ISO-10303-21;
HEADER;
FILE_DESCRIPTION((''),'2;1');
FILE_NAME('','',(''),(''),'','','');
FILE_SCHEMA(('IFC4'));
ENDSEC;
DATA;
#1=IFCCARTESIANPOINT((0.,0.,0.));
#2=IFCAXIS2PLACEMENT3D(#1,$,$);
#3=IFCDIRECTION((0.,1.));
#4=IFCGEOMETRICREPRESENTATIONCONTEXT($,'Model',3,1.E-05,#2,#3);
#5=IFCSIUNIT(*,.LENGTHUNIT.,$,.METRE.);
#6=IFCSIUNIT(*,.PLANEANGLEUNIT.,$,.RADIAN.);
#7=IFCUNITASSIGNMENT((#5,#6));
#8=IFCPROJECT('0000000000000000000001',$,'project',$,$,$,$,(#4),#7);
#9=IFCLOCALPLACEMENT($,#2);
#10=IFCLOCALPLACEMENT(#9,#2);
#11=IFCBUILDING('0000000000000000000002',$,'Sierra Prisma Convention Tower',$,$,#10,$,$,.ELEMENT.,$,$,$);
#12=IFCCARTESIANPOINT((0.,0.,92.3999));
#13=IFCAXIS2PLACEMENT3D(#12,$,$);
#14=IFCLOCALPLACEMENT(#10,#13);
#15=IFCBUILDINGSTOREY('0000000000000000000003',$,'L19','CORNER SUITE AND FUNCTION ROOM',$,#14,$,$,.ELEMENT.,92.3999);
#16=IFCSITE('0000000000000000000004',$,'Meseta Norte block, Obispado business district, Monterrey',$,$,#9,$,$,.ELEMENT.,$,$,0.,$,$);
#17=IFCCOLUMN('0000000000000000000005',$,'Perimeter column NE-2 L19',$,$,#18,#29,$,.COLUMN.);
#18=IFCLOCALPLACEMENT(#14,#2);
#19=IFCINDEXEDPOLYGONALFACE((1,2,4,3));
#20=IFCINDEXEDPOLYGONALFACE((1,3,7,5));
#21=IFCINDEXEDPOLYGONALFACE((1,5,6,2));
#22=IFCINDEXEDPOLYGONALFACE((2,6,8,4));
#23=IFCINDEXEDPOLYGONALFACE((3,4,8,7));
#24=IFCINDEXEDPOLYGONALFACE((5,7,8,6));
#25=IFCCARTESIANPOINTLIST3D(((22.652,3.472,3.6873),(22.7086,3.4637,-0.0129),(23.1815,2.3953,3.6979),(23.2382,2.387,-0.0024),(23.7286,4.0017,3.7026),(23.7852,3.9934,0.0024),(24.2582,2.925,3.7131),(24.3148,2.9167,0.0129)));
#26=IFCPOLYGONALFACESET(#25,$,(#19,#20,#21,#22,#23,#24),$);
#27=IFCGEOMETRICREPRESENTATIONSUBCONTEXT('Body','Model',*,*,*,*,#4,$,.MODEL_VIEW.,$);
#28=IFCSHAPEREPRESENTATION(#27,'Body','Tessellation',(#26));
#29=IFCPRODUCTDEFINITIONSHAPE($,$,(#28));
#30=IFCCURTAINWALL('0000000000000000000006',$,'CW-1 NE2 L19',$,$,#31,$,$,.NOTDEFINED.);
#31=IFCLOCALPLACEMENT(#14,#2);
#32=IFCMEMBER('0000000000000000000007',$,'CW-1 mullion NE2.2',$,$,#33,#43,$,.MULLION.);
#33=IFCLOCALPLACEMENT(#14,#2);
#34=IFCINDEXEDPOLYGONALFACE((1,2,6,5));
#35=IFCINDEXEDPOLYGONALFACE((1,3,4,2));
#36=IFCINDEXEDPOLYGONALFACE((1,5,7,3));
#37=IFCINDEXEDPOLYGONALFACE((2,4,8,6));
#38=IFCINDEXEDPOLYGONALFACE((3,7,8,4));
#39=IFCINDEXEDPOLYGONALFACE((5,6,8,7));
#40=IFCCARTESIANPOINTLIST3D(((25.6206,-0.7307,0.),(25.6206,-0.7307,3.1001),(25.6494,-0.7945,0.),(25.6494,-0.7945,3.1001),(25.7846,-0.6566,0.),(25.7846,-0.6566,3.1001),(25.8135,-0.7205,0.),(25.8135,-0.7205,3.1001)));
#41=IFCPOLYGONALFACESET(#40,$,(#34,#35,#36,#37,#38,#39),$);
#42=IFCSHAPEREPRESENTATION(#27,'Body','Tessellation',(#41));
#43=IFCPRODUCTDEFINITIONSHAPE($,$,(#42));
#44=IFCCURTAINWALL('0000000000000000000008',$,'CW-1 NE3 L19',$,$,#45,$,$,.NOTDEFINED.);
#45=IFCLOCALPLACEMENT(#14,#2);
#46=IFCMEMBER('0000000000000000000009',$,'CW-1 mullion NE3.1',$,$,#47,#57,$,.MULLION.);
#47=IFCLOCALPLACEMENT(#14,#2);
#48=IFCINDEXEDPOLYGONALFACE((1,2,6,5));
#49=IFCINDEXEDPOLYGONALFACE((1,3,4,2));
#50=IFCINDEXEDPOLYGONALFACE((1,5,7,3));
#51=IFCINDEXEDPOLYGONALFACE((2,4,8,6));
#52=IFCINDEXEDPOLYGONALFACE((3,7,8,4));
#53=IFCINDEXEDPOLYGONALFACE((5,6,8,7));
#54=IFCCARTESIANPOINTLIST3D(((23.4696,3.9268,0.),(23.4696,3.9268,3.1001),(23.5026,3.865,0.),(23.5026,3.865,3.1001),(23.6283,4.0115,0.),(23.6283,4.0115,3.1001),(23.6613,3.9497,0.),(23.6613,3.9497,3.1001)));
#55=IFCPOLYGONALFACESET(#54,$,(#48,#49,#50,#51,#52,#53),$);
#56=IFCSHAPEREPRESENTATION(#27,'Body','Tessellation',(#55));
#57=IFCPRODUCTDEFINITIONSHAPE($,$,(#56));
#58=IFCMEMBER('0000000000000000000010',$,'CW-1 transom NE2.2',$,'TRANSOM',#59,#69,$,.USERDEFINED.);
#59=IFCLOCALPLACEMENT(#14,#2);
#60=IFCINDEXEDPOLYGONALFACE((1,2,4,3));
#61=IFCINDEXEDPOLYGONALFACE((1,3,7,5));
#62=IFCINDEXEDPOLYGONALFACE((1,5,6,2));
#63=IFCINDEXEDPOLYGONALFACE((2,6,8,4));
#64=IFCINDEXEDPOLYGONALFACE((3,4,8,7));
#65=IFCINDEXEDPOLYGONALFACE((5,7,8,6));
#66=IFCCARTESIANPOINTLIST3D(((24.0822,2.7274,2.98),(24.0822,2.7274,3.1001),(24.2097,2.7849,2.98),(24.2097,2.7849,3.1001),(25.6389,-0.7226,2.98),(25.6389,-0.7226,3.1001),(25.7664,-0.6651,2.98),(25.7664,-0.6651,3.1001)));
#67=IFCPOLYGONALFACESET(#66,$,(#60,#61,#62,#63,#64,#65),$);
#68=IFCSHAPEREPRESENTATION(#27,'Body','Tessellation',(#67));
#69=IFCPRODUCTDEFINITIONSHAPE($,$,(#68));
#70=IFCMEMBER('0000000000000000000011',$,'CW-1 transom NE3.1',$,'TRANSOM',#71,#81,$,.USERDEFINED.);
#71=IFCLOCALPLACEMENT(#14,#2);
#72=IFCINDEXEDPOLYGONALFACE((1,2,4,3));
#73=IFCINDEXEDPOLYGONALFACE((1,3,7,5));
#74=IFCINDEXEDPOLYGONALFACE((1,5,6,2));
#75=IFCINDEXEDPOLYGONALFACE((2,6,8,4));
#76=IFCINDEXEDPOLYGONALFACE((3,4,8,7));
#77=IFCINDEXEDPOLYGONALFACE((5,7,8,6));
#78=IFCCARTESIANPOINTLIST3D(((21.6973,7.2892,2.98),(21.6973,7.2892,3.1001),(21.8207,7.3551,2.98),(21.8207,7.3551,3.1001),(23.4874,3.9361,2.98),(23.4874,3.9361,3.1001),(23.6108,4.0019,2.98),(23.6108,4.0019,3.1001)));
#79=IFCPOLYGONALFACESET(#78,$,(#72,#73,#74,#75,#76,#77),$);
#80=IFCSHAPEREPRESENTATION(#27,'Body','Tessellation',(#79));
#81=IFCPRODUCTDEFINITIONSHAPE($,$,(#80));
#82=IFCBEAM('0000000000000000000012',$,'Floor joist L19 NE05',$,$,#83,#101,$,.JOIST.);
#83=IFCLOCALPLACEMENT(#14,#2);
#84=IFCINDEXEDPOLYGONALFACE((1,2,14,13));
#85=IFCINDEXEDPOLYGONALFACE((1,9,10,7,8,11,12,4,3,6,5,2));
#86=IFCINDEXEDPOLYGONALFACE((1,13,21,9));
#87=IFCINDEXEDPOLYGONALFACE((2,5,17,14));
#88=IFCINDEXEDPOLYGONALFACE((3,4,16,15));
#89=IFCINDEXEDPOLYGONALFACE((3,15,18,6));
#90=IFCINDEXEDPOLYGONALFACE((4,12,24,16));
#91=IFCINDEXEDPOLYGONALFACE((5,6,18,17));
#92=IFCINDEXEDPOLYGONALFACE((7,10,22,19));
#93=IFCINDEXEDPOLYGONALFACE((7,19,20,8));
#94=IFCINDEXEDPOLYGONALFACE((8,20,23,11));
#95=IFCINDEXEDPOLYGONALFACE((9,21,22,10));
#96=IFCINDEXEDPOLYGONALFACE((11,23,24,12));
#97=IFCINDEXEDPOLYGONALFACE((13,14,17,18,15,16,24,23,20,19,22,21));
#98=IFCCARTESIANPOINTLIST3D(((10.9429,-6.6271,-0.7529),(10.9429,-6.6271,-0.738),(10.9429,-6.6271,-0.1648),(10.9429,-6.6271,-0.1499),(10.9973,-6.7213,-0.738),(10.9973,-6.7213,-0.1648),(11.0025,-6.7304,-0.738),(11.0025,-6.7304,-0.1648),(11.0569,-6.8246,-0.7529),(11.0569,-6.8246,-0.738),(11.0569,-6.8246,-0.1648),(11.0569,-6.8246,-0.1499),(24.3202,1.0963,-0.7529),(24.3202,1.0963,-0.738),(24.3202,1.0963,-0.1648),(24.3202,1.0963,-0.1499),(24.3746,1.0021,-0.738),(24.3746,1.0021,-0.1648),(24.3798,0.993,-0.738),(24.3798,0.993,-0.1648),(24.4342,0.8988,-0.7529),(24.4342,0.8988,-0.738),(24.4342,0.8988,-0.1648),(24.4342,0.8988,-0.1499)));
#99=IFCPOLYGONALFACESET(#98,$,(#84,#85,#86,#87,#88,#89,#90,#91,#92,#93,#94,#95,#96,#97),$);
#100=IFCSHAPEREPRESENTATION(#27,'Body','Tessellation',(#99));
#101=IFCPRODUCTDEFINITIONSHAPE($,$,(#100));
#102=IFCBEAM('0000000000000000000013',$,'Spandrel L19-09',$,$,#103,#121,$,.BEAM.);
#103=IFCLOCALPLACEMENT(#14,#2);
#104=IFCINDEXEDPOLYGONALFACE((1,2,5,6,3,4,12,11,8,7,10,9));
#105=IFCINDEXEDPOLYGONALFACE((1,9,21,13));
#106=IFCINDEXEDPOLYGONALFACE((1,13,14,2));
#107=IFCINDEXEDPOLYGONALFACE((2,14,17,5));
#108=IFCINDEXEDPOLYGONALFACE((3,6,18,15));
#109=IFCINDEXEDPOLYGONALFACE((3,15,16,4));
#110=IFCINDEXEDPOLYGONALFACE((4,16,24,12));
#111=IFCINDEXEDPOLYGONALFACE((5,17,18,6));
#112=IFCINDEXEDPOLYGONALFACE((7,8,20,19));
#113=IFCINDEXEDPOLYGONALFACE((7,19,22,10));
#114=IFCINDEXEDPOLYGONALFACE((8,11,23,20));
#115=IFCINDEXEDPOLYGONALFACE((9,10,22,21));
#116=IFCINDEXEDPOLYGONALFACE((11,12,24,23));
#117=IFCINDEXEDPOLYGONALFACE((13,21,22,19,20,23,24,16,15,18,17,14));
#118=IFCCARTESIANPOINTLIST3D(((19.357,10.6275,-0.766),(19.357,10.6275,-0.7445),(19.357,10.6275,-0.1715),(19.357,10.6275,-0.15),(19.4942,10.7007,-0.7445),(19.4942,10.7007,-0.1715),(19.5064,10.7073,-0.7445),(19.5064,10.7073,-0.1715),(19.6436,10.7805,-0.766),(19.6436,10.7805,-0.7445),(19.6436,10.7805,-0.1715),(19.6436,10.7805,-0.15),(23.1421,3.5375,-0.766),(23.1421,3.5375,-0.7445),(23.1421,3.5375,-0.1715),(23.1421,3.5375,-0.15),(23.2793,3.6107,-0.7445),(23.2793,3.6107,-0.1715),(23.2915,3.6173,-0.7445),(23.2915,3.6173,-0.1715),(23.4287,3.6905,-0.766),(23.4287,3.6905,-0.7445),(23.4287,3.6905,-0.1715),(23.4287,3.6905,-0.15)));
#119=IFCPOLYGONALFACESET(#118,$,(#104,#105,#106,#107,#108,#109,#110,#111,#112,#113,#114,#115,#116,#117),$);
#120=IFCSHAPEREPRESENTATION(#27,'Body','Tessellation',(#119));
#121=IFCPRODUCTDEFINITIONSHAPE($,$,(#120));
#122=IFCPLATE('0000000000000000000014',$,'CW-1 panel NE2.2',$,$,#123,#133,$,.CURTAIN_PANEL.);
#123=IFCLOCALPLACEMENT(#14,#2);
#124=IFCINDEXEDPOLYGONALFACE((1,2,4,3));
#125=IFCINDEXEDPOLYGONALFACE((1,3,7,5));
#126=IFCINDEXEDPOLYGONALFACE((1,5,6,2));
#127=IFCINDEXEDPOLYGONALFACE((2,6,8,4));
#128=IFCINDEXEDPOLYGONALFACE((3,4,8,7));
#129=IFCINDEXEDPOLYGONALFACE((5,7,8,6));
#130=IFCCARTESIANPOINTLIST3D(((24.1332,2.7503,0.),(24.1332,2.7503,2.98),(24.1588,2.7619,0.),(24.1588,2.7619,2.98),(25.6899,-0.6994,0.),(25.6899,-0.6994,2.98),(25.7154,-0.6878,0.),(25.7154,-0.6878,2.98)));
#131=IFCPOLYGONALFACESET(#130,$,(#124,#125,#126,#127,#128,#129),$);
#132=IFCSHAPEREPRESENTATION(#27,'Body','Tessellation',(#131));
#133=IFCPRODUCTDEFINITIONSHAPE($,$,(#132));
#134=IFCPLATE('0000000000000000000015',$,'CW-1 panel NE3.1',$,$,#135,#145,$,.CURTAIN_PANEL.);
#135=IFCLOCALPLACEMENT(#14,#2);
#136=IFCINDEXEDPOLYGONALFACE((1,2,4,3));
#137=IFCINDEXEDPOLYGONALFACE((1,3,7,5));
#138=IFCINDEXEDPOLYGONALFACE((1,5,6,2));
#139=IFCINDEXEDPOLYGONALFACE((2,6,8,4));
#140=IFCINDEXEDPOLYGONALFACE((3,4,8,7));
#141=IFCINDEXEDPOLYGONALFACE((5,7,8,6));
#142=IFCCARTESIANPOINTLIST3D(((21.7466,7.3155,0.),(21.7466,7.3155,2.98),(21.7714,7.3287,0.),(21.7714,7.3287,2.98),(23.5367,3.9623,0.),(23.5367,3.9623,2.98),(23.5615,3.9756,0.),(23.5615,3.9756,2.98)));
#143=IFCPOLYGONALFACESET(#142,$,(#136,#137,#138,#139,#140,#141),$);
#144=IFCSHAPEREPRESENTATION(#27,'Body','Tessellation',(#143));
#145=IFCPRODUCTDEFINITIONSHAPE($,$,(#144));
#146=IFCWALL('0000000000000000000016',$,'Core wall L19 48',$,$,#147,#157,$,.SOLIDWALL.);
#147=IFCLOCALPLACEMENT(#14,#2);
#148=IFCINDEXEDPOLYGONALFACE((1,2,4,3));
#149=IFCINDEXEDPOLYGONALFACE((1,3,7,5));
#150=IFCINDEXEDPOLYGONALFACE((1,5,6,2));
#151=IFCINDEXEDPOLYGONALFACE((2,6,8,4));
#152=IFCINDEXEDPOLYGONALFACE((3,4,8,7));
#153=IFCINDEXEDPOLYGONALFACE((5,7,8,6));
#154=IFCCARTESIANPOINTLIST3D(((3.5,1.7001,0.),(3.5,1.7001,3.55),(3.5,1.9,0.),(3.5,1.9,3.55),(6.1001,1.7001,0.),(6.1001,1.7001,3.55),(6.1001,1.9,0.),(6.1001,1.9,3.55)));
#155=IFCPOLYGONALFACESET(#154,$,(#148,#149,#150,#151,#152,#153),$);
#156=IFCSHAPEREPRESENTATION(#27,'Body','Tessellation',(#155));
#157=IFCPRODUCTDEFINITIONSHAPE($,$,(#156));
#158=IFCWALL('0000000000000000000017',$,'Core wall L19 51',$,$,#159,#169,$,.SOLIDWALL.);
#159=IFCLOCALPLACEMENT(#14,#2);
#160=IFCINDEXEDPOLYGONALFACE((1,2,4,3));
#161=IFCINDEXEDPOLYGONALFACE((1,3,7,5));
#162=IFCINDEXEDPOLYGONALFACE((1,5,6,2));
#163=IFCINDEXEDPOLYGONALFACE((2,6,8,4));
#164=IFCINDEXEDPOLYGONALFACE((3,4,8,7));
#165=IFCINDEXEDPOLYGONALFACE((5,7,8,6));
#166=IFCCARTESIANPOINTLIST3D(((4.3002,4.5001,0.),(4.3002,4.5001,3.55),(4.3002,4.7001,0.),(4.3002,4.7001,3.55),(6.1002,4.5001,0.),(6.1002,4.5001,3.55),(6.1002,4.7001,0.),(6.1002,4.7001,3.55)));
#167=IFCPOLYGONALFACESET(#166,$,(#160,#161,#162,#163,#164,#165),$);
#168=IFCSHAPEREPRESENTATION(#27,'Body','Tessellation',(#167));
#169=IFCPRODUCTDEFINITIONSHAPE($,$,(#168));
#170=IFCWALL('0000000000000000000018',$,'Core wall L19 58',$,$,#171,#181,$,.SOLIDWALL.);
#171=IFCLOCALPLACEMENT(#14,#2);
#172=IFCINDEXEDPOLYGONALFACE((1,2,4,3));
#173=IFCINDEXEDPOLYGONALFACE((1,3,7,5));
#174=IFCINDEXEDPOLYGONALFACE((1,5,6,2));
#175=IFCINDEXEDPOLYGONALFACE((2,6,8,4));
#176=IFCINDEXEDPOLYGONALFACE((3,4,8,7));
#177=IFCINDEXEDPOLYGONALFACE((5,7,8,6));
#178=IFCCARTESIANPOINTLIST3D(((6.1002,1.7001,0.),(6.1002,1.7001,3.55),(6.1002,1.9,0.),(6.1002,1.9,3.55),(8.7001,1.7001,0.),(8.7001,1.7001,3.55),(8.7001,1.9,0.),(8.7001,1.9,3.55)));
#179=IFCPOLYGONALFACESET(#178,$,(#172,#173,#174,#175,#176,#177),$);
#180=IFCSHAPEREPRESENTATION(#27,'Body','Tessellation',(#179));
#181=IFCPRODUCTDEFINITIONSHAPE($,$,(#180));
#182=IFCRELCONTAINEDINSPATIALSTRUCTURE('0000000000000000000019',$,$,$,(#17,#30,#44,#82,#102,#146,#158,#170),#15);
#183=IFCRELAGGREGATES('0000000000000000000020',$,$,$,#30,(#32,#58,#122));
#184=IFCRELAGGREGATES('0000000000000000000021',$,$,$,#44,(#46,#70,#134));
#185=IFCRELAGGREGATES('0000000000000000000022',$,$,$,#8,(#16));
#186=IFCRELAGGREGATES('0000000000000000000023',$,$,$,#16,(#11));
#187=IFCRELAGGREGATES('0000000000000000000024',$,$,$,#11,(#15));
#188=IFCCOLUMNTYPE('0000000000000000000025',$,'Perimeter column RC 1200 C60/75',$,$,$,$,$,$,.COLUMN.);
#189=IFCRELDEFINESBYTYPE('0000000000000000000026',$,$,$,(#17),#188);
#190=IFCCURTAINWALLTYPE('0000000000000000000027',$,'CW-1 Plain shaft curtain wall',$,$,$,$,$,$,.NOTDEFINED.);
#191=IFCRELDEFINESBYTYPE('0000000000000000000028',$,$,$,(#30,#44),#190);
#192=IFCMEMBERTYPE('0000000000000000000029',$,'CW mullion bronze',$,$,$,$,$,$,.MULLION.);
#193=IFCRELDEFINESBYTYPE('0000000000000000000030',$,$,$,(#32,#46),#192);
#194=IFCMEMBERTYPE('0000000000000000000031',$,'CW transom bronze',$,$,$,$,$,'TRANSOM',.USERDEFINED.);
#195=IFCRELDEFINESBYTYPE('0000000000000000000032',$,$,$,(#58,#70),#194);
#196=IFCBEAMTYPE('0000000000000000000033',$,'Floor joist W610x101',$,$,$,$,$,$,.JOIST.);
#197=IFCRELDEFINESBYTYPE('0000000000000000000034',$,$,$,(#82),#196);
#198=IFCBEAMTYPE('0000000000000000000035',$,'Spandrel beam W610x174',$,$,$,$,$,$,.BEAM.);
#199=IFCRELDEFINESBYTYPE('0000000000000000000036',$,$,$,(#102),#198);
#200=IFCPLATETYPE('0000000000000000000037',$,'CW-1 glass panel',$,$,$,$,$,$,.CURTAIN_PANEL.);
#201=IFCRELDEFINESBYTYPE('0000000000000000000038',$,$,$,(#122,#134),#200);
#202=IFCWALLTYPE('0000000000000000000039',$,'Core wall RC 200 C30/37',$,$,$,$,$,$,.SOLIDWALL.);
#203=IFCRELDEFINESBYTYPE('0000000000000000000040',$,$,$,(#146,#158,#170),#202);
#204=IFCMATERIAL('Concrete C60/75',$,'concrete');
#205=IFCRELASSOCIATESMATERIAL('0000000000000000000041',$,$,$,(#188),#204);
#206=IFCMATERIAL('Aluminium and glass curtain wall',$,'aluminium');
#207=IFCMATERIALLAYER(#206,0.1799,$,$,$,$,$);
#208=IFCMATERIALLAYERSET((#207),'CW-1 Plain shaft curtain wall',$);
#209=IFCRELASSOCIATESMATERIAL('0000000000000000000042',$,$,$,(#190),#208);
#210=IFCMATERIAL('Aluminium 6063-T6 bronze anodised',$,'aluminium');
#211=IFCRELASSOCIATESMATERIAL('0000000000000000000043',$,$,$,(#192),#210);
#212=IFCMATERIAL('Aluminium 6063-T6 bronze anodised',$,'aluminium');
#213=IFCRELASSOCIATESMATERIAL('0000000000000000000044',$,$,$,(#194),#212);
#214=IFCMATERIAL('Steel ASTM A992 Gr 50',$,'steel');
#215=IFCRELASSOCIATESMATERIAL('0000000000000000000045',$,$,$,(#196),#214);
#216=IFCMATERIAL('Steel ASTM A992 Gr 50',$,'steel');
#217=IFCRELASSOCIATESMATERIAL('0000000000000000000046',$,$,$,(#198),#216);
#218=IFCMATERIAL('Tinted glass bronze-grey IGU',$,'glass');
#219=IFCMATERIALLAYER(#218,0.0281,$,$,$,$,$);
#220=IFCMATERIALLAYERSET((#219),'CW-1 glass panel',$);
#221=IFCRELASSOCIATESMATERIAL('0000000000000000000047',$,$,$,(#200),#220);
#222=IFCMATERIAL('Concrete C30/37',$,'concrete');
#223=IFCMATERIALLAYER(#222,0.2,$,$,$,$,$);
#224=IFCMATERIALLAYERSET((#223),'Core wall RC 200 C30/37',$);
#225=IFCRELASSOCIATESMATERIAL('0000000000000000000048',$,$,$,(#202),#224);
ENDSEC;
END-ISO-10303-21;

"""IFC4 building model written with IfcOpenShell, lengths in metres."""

from ifc_helpers import new_model, si_unit, direction, frame, frame_2d, origin, origin_2d, place, context, subcontext, project, spatial, rectangle, i_section, extrude, material, layer, layer_set, material_profile, profile_set, type_object, element, aggregate, save


model = new_model("IFC4")

# Units and contexts
model_context = context("Model", 3, precision=1e-05, world=origin(), true_north=direction((0.0, 1.0)))
body_context = subcontext(model_context, "Body", "Model", "MODEL_VIEW")
ifc_project = project(units=[si_unit("LENGTHUNIT", "METRE"), si_unit("PLANEANGLEUNIT", "RADIAN")], contexts=[model_context])

# Site, building, storey
site_placement = place(None, origin())
site = spatial("IfcSite", under=ifc_project, at=site_placement, Name="Meseta Norte block, Obispado business district, Monterrey", CompositionType="ELEMENT", RefElevation=0.0)
building_placement = place(site_placement, origin())
building = spatial("IfcBuilding", under=site, at=building_placement, Name="Sierra Prisma Convention Tower", CompositionType="ELEMENT")
storey_placement = place(building_placement, frame((0.0, 0.0, 92.3999)))
storey = spatial("IfcBuildingStorey", under=building, at=storey_placement, Name="L19", Description="CORNER SUITE AND FUNCTION ROOM", CompositionType="ELEMENT", Elevation=92.3999)

# Column
ifc_material_1 = material(Name="Concrete C60/75", Category="concrete")
ifc_material_profile_1 = material_profile(ifc_material_1, rectangle(XDim=1.2, YDim=1.2, at=origin_2d()), Name="Perimeter column RC 1200 C60/75")
ifc_profile_set_1 = profile_set([ifc_material_profile_1], Name="Concrete C60/75")
column_type = type_object("IfcColumnType", Name="Perimeter column RC 1200 C60/75", PredefinedType="COLUMN", material=ifc_profile_set_1)
column_placement = place(storey_placement, frame((23.5117, 3.1902, 0.0), z_axis=(-0.015306, 0.002243, 0.99988), x_axis=(-0.441318, 0.897308, -0.008768)))
element("IfcColumn", 1, at=column_placement, inside=storey, type_object=column_type, Name="Perimeter column NE-2 L19", PredefinedType="COLUMN", context=body_context, shape_type="SweptSolid", body=[
    extrude(rectangle(XDim=1.2, YDim=1.2, at=origin_2d()), origin(), (0.0, 0.0, 1.0), 3.7007),
])

# Curtain walls, members
ifc_material_2 = material(Name="Aluminium and glass curtain wall", Category="aluminium")
ifc_layer_1 = layer(ifc_material_2, 0.1799)
ifc_layer_set_1 = layer_set([ifc_layer_1], Name="CW-1 Plain shaft curtain wall")
curtain_wall_type = type_object("IfcCurtainWallType", Name="CW-1 Plain shaft curtain wall", PredefinedType="NOTDEFINED", material=ifc_layer_set_1)
curtain_wall_1_placement = place(storey_placement, origin())
curtain_wall_1 = element("IfcCurtainWall", 2, at=curtain_wall_1_placement, inside=storey, type_object=curtain_wall_type, Name="CW-1 NE2 L19", PredefinedType="NOTDEFINED")
ifc_material_3 = material(Name="Aluminium 6063-T6 bronze anodised", Category="aluminium")
ifc_material_profile_2 = material_profile(ifc_material_3, rectangle(XDim=0.1799, YDim=0.0701, at=origin_2d()), Name="ALU MULLION 70x180")
ifc_profile_set_2 = profile_set([ifc_material_profile_2], Name="Aluminium 6063-T6 bronze anodised")
member_type_1 = type_object("IfcMemberType", Name="CW mullion bronze", PredefinedType="MULLION", material=ifc_profile_set_2)
member_1_placement = place(storey_placement, frame((25.717, -0.7256, 0.0), z_axis=(0.0, 0.0, 1.0), x_axis=(-0.911497, -0.411307, 0.0)))
member_1 = element("IfcMember", 3, at=member_1_placement, type_object=member_type_1, Name="CW-1 mullion NE2.2", PredefinedType="MULLION", context=body_context, shape_type="SweptSolid", body=[
    extrude(rectangle(XDim=0.1799, YDim=0.0701, at=origin_2d()), origin(), (0.0, 0.0, 1.0), 3.1001),
])
curtain_wall_2_placement = place(storey_placement, origin())
curtain_wall_2 = element("IfcCurtainWall", 4, at=curtain_wall_2_placement, inside=storey, type_object=curtain_wall_type, Name="CW-1 NE3 L19", PredefinedType="NOTDEFINED")
member_2_placement = place(storey_placement, frame((23.5654, 3.9382, 0.0), z_axis=(0.0, 0.0, 1.0), x_axis=(-0.882163, -0.470945, 0.0)))
member_2 = element("IfcMember", 5, at=member_2_placement, type_object=member_type_1, Name="CW-1 mullion NE3.1", PredefinedType="MULLION", context=body_context, shape_type="SweptSolid", body=[
    extrude(rectangle(XDim=0.1799, YDim=0.0701, at=origin_2d()), origin(), (0.0, 0.0, 1.0), 3.1001),
])

# Members
ifc_material_4 = material(Name="Aluminium 6063-T6 bronze anodised", Category="aluminium")
ifc_material_profile_3 = material_profile(ifc_material_4, rectangle(XDim=0.1399, YDim=0.1201, at=origin_2d()), Name="ALU TRANSOM 120x140")
ifc_profile_set_3 = profile_set([ifc_material_profile_3], Name="Aluminium 6063-T6 bronze anodised")
member_type_2 = type_object("IfcMemberType", Name="CW transom bronze", ElementType="TRANSOM", PredefinedType="USERDEFINED", material=ifc_profile_set_3)
member_3_placement = place(storey_placement, frame((25.7026, -0.6938, 3.04), z_axis=(-0.411279, 0.911509, 0.0), x_axis=(-0.911509, -0.411279, 0.0)))
member_3 = element("IfcMember", 6, at=member_3_placement, type_object=member_type_2, Name="CW-1 transom NE2.2", ObjectType="TRANSOM", PredefinedType="USERDEFINED", context=body_context, shape_type="SweptSolid", body=[
    extrude(rectangle(XDim=0.1399, YDim=0.1201, at=origin_2d()), origin(), (0.0, 0.0, 1.0), 3.7849),
])
member_4_placement = place(storey_placement, frame((23.5491, 3.969, 3.04), z_axis=(-0.470948, 0.882161, 0.0), x_axis=(-0.882161, -0.470948, 0.0)))
member_4 = element("IfcMember", 7, at=member_4_placement, type_object=member_type_2, Name="CW-1 transom NE3.1", ObjectType="TRANSOM", PredefinedType="USERDEFINED", context=body_context, shape_type="SweptSolid", body=[
    extrude(rectangle(XDim=0.1399, YDim=0.1201, at=origin_2d()), origin(), (0.0, 0.0, 1.0), 3.801),
])

# Beams
ifc_material_5 = material(Name="Steel ASTM A992 Gr 50", Category="steel")
ifc_material_profile_4 = material_profile(ifc_material_5, i_section(OverallWidth=0.228, OverallDepth=0.603, WebThickness=0.0105, FlangeThickness=0.0149, at=origin_2d()), Name="W610x101")
ifc_profile_set_4 = profile_set([ifc_material_profile_4], Name="Steel ASTM A992 Gr 50")
beam_type_1 = type_object("IfcBeamType", Name="Floor joist W610x101", PredefinedType="JOIST", material=ifc_profile_set_4)
beam_1_placement = place(storey_placement, frame((24.3772, 0.9976, -0.4514), z_axis=(-0.866024, -0.500003, 0.0), x_axis=(0.500003, -0.866024, 0.0)))
element("IfcBeam", 8, at=beam_1_placement, inside=storey, type_object=beam_type_1, Name="Floor joist L19 NE05", PredefinedType="JOIST", context=body_context, shape_type="SweptSolid", body=[
    extrude(i_section(OverallWidth=0.228, OverallDepth=0.603, WebThickness=0.0105, FlangeThickness=0.0149, at=origin_2d()), origin(), (0.0, 0.0, 1.0), 15.4468),
])
ifc_material_6 = material(Name="Steel ASTM A992 Gr 50", Category="steel")
ifc_material_profile_5 = material_profile(ifc_material_6, i_section(OverallWidth=0.325, OverallDepth=0.616, WebThickness=0.0139, FlangeThickness=0.0215, at=origin_2d()), Name="W610x174")
ifc_profile_set_5 = profile_set([ifc_material_profile_5], Name="Steel ASTM A992 Gr 50")
beam_type_2 = type_object("IfcBeamType", Name="Spandrel beam W610x174", PredefinedType="BEAM", material=ifc_profile_set_5)
beam_2_placement = place(storey_placement, frame((23.2854, 3.614, -0.458), z_axis=(-0.470954, 0.882158, 0.0), x_axis=(-0.882158, -0.470954, 0.0)))
element("IfcBeam", 9, at=beam_2_placement, inside=storey, type_object=beam_type_2, Name="Spandrel L19-09", PredefinedType="BEAM", context=body_context, shape_type="SweptSolid", body=[
    extrude(i_section(OverallWidth=0.325, OverallDepth=0.616, WebThickness=0.0139, FlangeThickness=0.0215, at=origin_2d()), origin(), (0.0, 0.0, 1.0), 8.0371),
])

# Plates
ifc_material_7 = material(Name="Tinted glass bronze-grey IGU", Category="glass")
ifc_layer_2 = layer(ifc_material_7, 0.0281)
ifc_layer_set_2 = layer_set([ifc_layer_2], Name="CW-1 glass panel")
plate_type = type_object("IfcPlateType", Name="CW-1 glass panel", PredefinedType="CURTAIN_PANEL", material=ifc_layer_set_2)
plate_1_placement = place(storey_placement, frame((24.9243, 1.0312, 0.0), z_axis=(0.0, 0.0, 1.0), x_axis=(-0.411307, 0.911497, 0.0)))
plate_1 = element("IfcPlate", 10, at=plate_1_placement, type_object=plate_type, Name="CW-1 panel NE2.2", PredefinedType="CURTAIN_PANEL", context=body_context, shape_type="SweptSolid", body=[
    extrude(rectangle(XDim=3.7847, YDim=0.0281, at=origin_2d()), origin(), (0.0, 0.0, 1.0), 2.98),
])
aggregate(curtain_wall_1, [member_1, member_3, plate_1])
plate_2_placement = place(storey_placement, frame((22.6541, 5.6455, 0.0), z_axis=(0.0, 0.0, 1.0), x_axis=(-0.470945, 0.882163, 0.0)))
plate_2 = element("IfcPlate", 11, at=plate_2_placement, type_object=plate_type, Name="CW-1 panel NE3.1", PredefinedType="CURTAIN_PANEL", context=body_context, shape_type="SweptSolid", body=[
    extrude(rectangle(XDim=3.801, YDim=0.0281, at=origin_2d()), origin(), (0.0, 0.0, 1.0), 2.98),
])
aggregate(curtain_wall_2, [member_2, member_4, plate_2])

# Walls
ifc_material_8 = material(Name="Concrete C30/37", Category="concrete")
ifc_layer_3 = layer(ifc_material_8, 0.2)
ifc_layer_set_3 = layer_set([ifc_layer_3], Name="Core wall RC 200 C30/37")
wall_type_1 = type_object("IfcWallType", Name="Core wall RC 200 C30/37", PredefinedType="SOLIDWALL", material=ifc_layer_set_3)
wall_1_placement = place(storey_placement, frame((6.1001, 1.8, 0.0), z_axis=(0.0, 0.0, 1.0), x_axis=(-1.0, 0.0, 0.0)))
element("IfcWall", 12, at=wall_1_placement, inside=storey, type_object=wall_type_1, Name="Core wall L19 48", PredefinedType="SOLIDWALL", context=body_context, shape_type="SweptSolid", body=[
    extrude(rectangle(XDim=2.6001, YDim=0.2, at=frame_2d((1.3, 0.0))), origin(), (0.0, 0.0, 1.0), 3.55),
])
wall_2_placement = place(storey_placement, frame((6.1001, 4.6001, 0.0), z_axis=(0.0, 0.0, 1.0), x_axis=(-1.0, 0.0, 0.0)))
element("IfcWall", 13, at=wall_2_placement, inside=storey, type_object=wall_type_1, Name="Core wall L19 51", PredefinedType="SOLIDWALL", context=body_context, shape_type="SweptSolid", body=[
    extrude(rectangle(XDim=1.8, YDim=0.2, at=frame_2d((0.8999, 0.0))), origin(), (0.0, 0.0, 1.0), 3.55),
])

# Wall
wall_3_placement = place(storey_placement, frame((8.7, 1.8, 0.0), z_axis=(0.0, 0.0, 1.0), x_axis=(-1.0, 0.0, 0.0)))
element("IfcWall", 14, at=wall_3_placement, inside=storey, type_object=wall_type_1, Name="Core wall L19 58", PredefinedType="SOLIDWALL", context=body_context, shape_type="SweptSolid", body=[
    extrude(rectangle(XDim=2.5999, YDim=0.2, at=frame_2d((1.2998, 0.0))), origin(), (0.0, 0.0, 1.0), 3.55),
])

save(model, "model.ifc")
